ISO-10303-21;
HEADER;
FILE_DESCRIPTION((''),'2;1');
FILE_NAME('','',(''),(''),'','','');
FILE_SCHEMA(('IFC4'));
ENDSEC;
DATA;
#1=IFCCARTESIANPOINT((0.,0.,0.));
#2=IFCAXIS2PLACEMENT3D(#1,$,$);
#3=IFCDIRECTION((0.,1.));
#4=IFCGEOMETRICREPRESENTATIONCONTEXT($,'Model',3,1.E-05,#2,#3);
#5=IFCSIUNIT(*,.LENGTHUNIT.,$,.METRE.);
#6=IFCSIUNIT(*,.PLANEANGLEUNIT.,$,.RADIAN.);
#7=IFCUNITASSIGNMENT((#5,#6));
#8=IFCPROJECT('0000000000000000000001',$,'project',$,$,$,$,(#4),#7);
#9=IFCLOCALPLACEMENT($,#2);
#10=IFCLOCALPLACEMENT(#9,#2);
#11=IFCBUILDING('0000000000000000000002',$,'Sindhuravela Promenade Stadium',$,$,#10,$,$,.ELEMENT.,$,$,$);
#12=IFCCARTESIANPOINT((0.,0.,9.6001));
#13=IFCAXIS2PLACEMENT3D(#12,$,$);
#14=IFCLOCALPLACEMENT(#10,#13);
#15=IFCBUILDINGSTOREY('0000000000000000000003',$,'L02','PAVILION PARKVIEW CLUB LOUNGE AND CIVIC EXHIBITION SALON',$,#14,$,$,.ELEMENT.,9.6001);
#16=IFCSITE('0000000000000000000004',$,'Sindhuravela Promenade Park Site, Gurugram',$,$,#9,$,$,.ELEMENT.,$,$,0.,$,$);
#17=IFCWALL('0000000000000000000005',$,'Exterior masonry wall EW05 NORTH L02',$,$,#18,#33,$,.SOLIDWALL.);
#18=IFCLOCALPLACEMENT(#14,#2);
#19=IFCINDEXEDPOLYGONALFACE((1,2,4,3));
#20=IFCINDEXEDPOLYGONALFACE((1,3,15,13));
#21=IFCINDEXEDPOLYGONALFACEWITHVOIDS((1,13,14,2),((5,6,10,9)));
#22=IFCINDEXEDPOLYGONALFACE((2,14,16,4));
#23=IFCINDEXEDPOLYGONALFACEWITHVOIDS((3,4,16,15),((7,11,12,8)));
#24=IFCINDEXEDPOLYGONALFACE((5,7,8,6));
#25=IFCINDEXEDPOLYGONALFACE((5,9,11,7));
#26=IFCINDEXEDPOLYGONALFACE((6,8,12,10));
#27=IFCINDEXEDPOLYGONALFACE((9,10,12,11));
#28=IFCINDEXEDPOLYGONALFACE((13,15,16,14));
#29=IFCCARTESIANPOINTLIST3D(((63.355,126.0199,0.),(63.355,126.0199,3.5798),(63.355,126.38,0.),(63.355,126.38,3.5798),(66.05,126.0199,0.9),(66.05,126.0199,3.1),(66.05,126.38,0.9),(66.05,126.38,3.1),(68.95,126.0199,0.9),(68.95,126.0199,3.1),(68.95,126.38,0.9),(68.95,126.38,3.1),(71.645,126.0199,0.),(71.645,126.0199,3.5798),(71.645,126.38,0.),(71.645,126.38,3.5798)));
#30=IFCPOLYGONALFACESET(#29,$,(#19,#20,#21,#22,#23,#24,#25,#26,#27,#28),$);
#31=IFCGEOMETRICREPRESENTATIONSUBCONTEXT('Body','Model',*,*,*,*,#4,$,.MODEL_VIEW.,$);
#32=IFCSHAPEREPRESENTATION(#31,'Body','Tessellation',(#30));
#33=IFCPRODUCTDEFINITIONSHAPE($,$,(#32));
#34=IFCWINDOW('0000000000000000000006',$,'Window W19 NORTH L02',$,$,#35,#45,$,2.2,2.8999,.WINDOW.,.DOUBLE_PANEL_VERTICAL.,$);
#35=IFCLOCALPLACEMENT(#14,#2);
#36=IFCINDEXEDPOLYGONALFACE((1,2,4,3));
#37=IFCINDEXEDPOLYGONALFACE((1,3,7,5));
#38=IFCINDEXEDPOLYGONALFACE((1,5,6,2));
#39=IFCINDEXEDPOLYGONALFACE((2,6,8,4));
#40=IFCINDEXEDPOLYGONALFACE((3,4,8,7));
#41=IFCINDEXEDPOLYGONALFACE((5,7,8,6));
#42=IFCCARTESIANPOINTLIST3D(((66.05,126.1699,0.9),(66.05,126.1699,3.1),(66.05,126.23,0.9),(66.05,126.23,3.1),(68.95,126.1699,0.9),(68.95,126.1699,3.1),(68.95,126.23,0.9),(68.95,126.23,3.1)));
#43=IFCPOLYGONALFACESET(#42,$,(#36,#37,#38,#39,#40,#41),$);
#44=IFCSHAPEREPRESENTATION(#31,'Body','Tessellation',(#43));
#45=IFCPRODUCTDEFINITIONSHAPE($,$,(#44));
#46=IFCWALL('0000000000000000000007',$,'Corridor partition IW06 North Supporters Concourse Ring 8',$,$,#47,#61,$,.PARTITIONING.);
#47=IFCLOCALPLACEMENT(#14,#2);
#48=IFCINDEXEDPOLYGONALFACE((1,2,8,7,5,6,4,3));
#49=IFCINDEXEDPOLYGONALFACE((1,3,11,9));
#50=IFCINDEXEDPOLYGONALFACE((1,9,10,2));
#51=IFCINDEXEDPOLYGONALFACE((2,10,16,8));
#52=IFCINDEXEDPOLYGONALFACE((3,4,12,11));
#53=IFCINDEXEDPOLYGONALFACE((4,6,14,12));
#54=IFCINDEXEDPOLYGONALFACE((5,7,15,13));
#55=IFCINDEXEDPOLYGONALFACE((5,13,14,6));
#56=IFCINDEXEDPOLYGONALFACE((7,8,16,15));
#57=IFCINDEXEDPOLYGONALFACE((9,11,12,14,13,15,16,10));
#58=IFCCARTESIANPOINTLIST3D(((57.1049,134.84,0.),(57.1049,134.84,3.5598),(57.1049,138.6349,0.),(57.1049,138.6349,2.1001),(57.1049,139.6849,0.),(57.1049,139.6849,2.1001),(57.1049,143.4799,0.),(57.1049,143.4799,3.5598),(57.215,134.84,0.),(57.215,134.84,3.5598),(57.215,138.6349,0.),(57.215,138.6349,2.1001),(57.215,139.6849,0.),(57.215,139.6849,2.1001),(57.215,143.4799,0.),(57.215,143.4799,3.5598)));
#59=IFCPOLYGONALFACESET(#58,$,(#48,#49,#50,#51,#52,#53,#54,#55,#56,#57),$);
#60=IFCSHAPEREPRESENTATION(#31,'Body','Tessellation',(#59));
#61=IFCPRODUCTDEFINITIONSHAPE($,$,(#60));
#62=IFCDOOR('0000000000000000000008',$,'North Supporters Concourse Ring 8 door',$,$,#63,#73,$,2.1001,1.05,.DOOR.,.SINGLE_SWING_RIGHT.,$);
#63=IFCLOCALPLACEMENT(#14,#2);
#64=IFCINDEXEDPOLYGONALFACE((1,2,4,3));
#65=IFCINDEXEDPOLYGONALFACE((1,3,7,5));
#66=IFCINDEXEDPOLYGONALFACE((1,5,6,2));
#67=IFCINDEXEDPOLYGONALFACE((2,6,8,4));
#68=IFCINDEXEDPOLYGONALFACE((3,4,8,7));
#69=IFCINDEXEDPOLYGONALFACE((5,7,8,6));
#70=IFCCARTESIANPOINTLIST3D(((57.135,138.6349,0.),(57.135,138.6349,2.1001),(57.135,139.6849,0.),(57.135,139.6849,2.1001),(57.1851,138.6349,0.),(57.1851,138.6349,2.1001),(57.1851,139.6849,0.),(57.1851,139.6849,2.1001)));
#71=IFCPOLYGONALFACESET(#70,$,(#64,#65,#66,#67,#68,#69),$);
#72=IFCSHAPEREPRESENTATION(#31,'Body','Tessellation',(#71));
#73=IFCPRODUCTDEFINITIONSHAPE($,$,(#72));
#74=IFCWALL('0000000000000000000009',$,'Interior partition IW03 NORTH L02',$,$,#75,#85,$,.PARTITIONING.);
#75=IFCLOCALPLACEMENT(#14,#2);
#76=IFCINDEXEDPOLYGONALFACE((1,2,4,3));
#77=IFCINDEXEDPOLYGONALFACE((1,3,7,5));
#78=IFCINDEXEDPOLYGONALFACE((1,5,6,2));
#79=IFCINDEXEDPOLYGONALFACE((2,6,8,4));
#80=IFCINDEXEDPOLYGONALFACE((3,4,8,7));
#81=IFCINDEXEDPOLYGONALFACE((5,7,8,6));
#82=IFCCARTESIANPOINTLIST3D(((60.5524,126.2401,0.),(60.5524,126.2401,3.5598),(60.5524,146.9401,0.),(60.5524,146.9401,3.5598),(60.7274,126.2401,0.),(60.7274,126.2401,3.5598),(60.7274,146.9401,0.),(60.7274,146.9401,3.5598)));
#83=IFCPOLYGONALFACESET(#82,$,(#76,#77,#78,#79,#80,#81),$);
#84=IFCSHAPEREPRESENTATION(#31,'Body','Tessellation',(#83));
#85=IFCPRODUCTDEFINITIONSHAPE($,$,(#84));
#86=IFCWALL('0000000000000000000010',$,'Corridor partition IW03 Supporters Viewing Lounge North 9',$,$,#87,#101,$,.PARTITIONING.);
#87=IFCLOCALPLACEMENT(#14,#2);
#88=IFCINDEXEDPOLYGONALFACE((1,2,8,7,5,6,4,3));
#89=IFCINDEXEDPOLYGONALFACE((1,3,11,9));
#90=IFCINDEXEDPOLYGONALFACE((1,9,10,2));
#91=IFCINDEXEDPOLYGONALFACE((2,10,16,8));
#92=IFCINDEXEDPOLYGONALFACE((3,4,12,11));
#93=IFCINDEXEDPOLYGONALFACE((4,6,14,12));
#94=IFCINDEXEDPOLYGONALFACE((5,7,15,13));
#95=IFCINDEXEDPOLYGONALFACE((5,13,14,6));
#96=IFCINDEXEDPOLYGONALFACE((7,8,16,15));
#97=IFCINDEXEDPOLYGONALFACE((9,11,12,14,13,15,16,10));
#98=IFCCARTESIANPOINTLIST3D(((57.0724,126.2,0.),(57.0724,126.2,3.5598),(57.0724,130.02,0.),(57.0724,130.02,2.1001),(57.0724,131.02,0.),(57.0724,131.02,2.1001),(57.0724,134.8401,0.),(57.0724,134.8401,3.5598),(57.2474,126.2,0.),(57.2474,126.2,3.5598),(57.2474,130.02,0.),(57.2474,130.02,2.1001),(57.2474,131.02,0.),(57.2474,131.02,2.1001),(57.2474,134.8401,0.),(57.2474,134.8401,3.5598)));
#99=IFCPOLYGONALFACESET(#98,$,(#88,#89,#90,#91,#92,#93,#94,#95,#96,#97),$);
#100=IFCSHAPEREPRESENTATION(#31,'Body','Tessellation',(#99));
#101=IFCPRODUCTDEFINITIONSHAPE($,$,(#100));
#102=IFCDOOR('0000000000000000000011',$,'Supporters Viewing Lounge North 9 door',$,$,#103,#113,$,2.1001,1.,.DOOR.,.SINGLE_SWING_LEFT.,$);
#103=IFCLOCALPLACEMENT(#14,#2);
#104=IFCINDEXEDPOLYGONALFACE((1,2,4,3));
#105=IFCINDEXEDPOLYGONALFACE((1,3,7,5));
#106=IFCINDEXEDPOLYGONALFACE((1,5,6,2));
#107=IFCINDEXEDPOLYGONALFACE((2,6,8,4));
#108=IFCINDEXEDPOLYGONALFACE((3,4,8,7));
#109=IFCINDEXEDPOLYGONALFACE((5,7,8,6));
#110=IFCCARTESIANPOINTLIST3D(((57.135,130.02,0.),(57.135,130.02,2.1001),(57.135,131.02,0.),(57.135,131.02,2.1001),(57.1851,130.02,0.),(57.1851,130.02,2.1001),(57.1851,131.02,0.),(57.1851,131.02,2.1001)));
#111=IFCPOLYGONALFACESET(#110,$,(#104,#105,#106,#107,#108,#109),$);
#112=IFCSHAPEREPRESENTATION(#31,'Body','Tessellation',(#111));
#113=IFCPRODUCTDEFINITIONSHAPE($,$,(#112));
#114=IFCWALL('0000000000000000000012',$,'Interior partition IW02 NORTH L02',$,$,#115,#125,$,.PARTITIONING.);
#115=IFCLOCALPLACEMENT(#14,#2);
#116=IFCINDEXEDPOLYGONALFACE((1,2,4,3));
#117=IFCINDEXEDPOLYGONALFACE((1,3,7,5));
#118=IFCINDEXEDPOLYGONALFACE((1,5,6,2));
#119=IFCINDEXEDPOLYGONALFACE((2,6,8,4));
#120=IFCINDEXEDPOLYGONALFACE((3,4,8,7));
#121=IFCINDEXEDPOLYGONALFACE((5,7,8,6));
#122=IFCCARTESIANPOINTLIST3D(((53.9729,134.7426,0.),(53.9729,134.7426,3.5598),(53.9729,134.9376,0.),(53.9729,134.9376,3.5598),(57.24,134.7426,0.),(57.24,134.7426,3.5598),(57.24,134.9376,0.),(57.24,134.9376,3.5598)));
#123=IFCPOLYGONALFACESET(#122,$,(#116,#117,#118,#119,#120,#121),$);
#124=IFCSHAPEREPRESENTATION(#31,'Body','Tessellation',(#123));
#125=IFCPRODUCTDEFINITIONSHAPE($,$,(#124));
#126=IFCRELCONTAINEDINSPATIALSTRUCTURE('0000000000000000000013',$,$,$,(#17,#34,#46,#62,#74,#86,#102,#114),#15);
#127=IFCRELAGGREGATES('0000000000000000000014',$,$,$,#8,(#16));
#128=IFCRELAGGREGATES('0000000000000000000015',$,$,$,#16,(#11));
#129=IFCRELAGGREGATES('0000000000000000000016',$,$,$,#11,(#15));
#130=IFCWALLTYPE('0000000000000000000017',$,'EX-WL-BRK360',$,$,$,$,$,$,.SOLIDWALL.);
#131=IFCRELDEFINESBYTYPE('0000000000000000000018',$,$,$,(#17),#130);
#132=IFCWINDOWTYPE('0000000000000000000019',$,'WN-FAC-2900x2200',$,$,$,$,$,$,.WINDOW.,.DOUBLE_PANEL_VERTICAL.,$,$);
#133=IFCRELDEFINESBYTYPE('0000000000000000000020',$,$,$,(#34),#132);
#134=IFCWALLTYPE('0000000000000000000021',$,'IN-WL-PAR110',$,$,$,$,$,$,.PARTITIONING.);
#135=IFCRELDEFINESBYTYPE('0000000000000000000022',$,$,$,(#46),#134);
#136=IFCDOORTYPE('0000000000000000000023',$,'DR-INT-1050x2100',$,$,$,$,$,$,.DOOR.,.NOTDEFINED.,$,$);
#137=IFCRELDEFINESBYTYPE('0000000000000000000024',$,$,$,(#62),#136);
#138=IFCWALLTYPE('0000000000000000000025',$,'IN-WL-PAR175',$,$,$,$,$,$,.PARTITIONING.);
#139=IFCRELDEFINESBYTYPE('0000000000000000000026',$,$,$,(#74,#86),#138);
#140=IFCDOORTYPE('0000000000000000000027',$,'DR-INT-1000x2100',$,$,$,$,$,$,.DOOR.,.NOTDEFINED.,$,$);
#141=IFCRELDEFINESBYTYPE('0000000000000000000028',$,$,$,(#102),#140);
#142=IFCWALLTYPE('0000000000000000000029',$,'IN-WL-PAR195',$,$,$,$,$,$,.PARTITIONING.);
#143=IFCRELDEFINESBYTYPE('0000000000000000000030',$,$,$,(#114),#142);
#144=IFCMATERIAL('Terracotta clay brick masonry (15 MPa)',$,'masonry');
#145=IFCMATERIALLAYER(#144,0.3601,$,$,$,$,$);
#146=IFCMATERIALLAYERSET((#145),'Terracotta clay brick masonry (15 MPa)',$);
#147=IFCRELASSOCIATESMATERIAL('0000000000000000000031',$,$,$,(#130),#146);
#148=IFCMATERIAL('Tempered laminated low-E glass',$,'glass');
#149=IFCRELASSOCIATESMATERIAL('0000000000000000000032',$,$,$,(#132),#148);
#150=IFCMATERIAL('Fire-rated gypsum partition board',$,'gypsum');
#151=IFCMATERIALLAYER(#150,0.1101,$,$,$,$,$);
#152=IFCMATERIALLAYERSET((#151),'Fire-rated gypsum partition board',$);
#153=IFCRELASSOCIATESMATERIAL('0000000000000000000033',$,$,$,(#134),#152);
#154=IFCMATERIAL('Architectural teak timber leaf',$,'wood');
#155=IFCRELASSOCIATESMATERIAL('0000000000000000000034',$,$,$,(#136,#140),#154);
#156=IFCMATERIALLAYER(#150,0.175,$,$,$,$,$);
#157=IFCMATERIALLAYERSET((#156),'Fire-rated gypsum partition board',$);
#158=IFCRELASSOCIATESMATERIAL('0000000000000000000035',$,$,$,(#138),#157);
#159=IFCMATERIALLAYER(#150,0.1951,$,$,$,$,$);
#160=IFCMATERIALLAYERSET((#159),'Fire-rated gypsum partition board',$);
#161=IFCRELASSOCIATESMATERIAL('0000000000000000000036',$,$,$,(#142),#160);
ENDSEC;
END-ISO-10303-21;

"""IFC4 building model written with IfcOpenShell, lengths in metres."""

from ifc_helpers import new_model, si_unit, direction, frame, frame_2d, origin, place, context, subcontext, project, spatial, rectangle, extrude, material, layer, layer_set, type_object, element, fill, save


model = new_model("IFC4")

# Units and contexts
model_context = context("Model", 3, precision=1e-05, world=origin(), true_north=direction((0.0, 1.0)))
body_context = subcontext(model_context, "Body", "Model", "MODEL_VIEW")
ifc_project = project(units=[si_unit("LENGTHUNIT", "METRE"), si_unit("PLANEANGLEUNIT", "RADIAN")], contexts=[model_context])

# Site, building, storey
site_placement = place(None, origin())
site = spatial("IfcSite", under=ifc_project, at=site_placement, Name="Sindhuravela Promenade Park Site, Gurugram", CompositionType="ELEMENT", RefElevation=0.0)
building_placement = place(site_placement, origin())
building = spatial("IfcBuilding", under=site, at=building_placement, Name="Sindhuravela Promenade Stadium", CompositionType="ELEMENT")
storey_placement = place(building_placement, frame((0.0, 0.0, 9.6001)))
storey = spatial("IfcBuildingStorey", under=building, at=storey_placement, Name="L02", Description="PAVILION PARKVIEW CLUB LOUNGE AND CIVIC EXHIBITION SALON", CompositionType="ELEMENT", Elevation=9.6001)

# Wall, opening, window
ifc_material_1 = material(Name="Terracotta clay brick masonry (15 MPa)", Category="masonry")
ifc_material_2 = material(Name="Tempered laminated low-E glass", Category="glass")
ifc_layer_1 = layer(ifc_material_1, 0.3601)
ifc_layer_set_1 = layer_set([ifc_layer_1], Name="Terracotta clay brick masonry (15 MPa)")
wall_type_1 = type_object("IfcWallType", Name="EX-WL-BRK360", PredefinedType="SOLIDWALL", material=ifc_layer_set_1)
wall_1_placement = place(storey_placement, frame((71.645, 126.2, 0.0), z_axis=(0.0, 0.0, 1.0), x_axis=(-1.0, 0.0, 0.0)))
wall_1 = element("IfcWall", 1, at=wall_1_placement, inside=storey, type_object=wall_type_1, Name="Exterior masonry wall EW05 NORTH L02", PredefinedType="SOLIDWALL", context=body_context, shape_type="SweptSolid", body=[
    extrude(rectangle(XDim=8.29, YDim=0.3601, at=frame_2d((4.145, 0.0))), origin(), (0.0, 0.0, 1.0), 3.5798),
])
opening_1_placement = place(wall_1_placement, frame((2.6951, 0.0, 0.8999)))
opening_1 = element("IfcOpeningElement", 2, at=opening_1_placement, cuts=wall_1, PredefinedType="OPENING", context=body_context, shape_type="SweptSolid", body=[
    extrude(rectangle(XDim=2.8999, YDim=2.2, at=frame_2d((1.45, 1.1001))), frame((0.0, 0.1899, 0.0), z_axis=(0.0, -1.0, 0.0), x_axis=(1.0, 0.0, 0.0)), (0.0, 0.0, 1.0), 0.3801),
])
window_type_1 = type_object("IfcWindowType", Name="WN-FAC-2900x2200", PartitioningType="DOUBLE_PANEL_VERTICAL", PredefinedType="WINDOW", material=ifc_material_2)
window_1_placement = place(opening_1_placement, origin())
window_1 = element("IfcWindow", 3, at=window_1_placement, inside=storey, type_object=window_type_1, Name="Window W19 NORTH L02", OverallHeight=2.2, OverallWidth=2.8999, PartitioningType="DOUBLE_PANEL_VERTICAL", PredefinedType="WINDOW", context=body_context, shape_type="SweptSolid", body=[
    extrude(rectangle(XDim=2.8999, YDim=2.2, at=frame_2d((1.45, 1.1001))), frame((0.0, 0.03, 0.0), z_axis=(0.0, -1.0, 0.0), x_axis=(1.0, 0.0, 0.0)), (0.0, 0.0, 1.0), 0.0601),
])
fill(opening_1, window_1)

# Wall, opening, door
ifc_material_3 = material(Name="Fire-rated gypsum partition board", Category="gypsum")
ifc_layer_2 = layer(ifc_material_3, 0.1101)
ifc_layer_set_2 = layer_set([ifc_layer_2], Name="Fire-rated gypsum partition board")
wall_type_2 = type_object("IfcWallType", Name="IN-WL-PAR110", PredefinedType="PARTITIONING", material=ifc_layer_set_2)
wall_2_placement = place(storey_placement, frame((57.1599, 134.8401, 0.0), z_axis=(0.0, 0.0, 1.0), x_axis=(0.0, 1.0, 0.0)))
wall_2 = element("IfcWall", 4, at=wall_2_placement, inside=storey, type_object=wall_type_2, Name="Corridor partition IW06 North Supporters Concourse Ring 8", PredefinedType="PARTITIONING", context=body_context, shape_type="SweptSolid", body=[
    extrude(rectangle(XDim=8.6399, YDim=0.1101, at=frame_2d((4.3198, 0.0))), origin(), (0.0, 0.0, 1.0), 3.5598),
])
opening_2_placement = place(wall_2_placement, frame((3.7949, 0.0, 0.0)))
opening_2 = element("IfcOpeningElement", 5, at=opening_2_placement, cuts=wall_2, PredefinedType="OPENING", context=body_context, shape_type="SweptSolid", body=[
    extrude(rectangle(XDim=1.05, YDim=2.1001, at=frame_2d((0.5249, 1.05))), frame((0.0, 0.0649, 0.0), z_axis=(0.0, -1.0, 0.0), x_axis=(1.0, 0.0, 0.0)), (0.0, 0.0, 1.0), 0.1301),
])
ifc_material_4 = material(Name="Architectural teak timber leaf", Category="wood")
door_type_1 = type_object("IfcDoorType", Name="DR-INT-1050x2100", OperationType="NOTDEFINED", PredefinedType="DOOR", material=ifc_material_4)
door_1_placement = place(opening_2_placement, origin())
door_1 = element("IfcDoor", 6, at=door_1_placement, inside=storey, type_object=door_type_1, Name="North Supporters Concourse Ring 8 door", OperationType="SINGLE_SWING_RIGHT", OverallHeight=2.1001, OverallWidth=1.05, PredefinedType="DOOR", context=body_context, shape_type="SweptSolid", body=[
    extrude(rectangle(XDim=1.05, YDim=2.1001, at=frame_2d((0.5249, 1.05))), frame((0.0, 0.0249, 0.0), z_axis=(0.0, -1.0, 0.0), x_axis=(1.0, 0.0, 0.0)), (0.0, 0.0, 1.0), 0.05),
])
fill(opening_2, door_1)

# Wall
ifc_layer_3 = layer(ifc_material_3, 0.175)
ifc_layer_set_3 = layer_set([ifc_layer_3], Name="Fire-rated gypsum partition board")
wall_type_3 = type_object("IfcWallType", Name="IN-WL-PAR175", PredefinedType="PARTITIONING", material=ifc_layer_set_3)
wall_3_placement = place(storey_placement, frame((60.6399, 126.24, 0.0), z_axis=(0.0, 0.0, 1.0), x_axis=(0.0, 1.0, 0.0)))
element("IfcWall", 7, at=wall_3_placement, inside=storey, type_object=wall_type_3, Name="Interior partition IW03 NORTH L02", PredefinedType="PARTITIONING", context=body_context, shape_type="SweptSolid", body=[
    extrude(rectangle(XDim=20.7, YDim=0.175, at=frame_2d((10.3501, 0.0))), origin(), (0.0, 0.0, 1.0), 3.5598),
])

# Wall, opening, door
wall_4_placement = place(storey_placement, frame((57.1599, 126.2, 0.0), z_axis=(0.0, 0.0, 1.0), x_axis=(0.0, 1.0, 0.0)))
wall_4 = element("IfcWall", 8, at=wall_4_placement, inside=storey, type_object=wall_type_3, Name="Corridor partition IW03 Supporters Viewing Lounge North 9", PredefinedType="PARTITIONING", context=body_context, shape_type="SweptSolid", body=[
    extrude(rectangle(XDim=8.6401, YDim=0.175, at=frame_2d((4.3201, 0.0))), origin(), (0.0, 0.0, 1.0), 3.5598),
])
opening_3_placement = place(wall_4_placement, frame((3.8201, 0.0, 0.0)))
opening_3 = element("IfcOpeningElement", 9, at=opening_3_placement, cuts=wall_4, PredefinedType="OPENING", context=body_context, shape_type="SweptSolid", body=[
    extrude(rectangle(XDim=1.0, YDim=2.1001, at=frame_2d((0.5, 1.05))), frame((0.0, 0.0974, 0.0), z_axis=(0.0, -1.0, 0.0), x_axis=(1.0, 0.0, 0.0)), (0.0, 0.0, 1.0), 0.1951),
])
door_type_2 = type_object("IfcDoorType", Name="DR-INT-1000x2100", OperationType="NOTDEFINED", PredefinedType="DOOR", material=ifc_material_4)
door_2_placement = place(opening_3_placement, origin())
door_2 = element("IfcDoor", 10, at=door_2_placement, inside=storey, type_object=door_type_2, Name="Supporters Viewing Lounge North 9 door", OperationType="SINGLE_SWING_LEFT", OverallHeight=2.1001, OverallWidth=1.0, PredefinedType="DOOR", context=body_context, shape_type="SweptSolid", body=[
    extrude(rectangle(XDim=1.0, YDim=2.1001, at=frame_2d((0.5, 1.05))), frame((0.0, 0.0249, 0.0), z_axis=(0.0, -1.0, 0.0), x_axis=(1.0, 0.0, 0.0)), (0.0, 0.0, 1.0), 0.05),
])
fill(opening_3, door_2)

# Wall
ifc_layer_4 = layer(ifc_material_3, 0.1951)
ifc_layer_set_4 = layer_set([ifc_layer_4], Name="Fire-rated gypsum partition board")
wall_type_4 = type_object("IfcWallType", Name="IN-WL-PAR195", PredefinedType="PARTITIONING", material=ifc_layer_set_4)
wall_5_placement = place(storey_placement, frame((57.24, 134.8401, 0.0), z_axis=(0.0, 0.0, 1.0), x_axis=(-1.0, 0.0, 0.0)))
element("IfcWall", 11, at=wall_5_placement, inside=storey, type_object=wall_type_4, Name="Interior partition IW02 NORTH L02", PredefinedType="PARTITIONING", context=body_context, shape_type="SweptSolid", body=[
    extrude(rectangle(XDim=3.2671, YDim=0.1951, at=frame_2d((1.6335, 0.0))), origin(), (0.0, 0.0, 1.0), 3.5598),
])

save(model, "model.ifc")
